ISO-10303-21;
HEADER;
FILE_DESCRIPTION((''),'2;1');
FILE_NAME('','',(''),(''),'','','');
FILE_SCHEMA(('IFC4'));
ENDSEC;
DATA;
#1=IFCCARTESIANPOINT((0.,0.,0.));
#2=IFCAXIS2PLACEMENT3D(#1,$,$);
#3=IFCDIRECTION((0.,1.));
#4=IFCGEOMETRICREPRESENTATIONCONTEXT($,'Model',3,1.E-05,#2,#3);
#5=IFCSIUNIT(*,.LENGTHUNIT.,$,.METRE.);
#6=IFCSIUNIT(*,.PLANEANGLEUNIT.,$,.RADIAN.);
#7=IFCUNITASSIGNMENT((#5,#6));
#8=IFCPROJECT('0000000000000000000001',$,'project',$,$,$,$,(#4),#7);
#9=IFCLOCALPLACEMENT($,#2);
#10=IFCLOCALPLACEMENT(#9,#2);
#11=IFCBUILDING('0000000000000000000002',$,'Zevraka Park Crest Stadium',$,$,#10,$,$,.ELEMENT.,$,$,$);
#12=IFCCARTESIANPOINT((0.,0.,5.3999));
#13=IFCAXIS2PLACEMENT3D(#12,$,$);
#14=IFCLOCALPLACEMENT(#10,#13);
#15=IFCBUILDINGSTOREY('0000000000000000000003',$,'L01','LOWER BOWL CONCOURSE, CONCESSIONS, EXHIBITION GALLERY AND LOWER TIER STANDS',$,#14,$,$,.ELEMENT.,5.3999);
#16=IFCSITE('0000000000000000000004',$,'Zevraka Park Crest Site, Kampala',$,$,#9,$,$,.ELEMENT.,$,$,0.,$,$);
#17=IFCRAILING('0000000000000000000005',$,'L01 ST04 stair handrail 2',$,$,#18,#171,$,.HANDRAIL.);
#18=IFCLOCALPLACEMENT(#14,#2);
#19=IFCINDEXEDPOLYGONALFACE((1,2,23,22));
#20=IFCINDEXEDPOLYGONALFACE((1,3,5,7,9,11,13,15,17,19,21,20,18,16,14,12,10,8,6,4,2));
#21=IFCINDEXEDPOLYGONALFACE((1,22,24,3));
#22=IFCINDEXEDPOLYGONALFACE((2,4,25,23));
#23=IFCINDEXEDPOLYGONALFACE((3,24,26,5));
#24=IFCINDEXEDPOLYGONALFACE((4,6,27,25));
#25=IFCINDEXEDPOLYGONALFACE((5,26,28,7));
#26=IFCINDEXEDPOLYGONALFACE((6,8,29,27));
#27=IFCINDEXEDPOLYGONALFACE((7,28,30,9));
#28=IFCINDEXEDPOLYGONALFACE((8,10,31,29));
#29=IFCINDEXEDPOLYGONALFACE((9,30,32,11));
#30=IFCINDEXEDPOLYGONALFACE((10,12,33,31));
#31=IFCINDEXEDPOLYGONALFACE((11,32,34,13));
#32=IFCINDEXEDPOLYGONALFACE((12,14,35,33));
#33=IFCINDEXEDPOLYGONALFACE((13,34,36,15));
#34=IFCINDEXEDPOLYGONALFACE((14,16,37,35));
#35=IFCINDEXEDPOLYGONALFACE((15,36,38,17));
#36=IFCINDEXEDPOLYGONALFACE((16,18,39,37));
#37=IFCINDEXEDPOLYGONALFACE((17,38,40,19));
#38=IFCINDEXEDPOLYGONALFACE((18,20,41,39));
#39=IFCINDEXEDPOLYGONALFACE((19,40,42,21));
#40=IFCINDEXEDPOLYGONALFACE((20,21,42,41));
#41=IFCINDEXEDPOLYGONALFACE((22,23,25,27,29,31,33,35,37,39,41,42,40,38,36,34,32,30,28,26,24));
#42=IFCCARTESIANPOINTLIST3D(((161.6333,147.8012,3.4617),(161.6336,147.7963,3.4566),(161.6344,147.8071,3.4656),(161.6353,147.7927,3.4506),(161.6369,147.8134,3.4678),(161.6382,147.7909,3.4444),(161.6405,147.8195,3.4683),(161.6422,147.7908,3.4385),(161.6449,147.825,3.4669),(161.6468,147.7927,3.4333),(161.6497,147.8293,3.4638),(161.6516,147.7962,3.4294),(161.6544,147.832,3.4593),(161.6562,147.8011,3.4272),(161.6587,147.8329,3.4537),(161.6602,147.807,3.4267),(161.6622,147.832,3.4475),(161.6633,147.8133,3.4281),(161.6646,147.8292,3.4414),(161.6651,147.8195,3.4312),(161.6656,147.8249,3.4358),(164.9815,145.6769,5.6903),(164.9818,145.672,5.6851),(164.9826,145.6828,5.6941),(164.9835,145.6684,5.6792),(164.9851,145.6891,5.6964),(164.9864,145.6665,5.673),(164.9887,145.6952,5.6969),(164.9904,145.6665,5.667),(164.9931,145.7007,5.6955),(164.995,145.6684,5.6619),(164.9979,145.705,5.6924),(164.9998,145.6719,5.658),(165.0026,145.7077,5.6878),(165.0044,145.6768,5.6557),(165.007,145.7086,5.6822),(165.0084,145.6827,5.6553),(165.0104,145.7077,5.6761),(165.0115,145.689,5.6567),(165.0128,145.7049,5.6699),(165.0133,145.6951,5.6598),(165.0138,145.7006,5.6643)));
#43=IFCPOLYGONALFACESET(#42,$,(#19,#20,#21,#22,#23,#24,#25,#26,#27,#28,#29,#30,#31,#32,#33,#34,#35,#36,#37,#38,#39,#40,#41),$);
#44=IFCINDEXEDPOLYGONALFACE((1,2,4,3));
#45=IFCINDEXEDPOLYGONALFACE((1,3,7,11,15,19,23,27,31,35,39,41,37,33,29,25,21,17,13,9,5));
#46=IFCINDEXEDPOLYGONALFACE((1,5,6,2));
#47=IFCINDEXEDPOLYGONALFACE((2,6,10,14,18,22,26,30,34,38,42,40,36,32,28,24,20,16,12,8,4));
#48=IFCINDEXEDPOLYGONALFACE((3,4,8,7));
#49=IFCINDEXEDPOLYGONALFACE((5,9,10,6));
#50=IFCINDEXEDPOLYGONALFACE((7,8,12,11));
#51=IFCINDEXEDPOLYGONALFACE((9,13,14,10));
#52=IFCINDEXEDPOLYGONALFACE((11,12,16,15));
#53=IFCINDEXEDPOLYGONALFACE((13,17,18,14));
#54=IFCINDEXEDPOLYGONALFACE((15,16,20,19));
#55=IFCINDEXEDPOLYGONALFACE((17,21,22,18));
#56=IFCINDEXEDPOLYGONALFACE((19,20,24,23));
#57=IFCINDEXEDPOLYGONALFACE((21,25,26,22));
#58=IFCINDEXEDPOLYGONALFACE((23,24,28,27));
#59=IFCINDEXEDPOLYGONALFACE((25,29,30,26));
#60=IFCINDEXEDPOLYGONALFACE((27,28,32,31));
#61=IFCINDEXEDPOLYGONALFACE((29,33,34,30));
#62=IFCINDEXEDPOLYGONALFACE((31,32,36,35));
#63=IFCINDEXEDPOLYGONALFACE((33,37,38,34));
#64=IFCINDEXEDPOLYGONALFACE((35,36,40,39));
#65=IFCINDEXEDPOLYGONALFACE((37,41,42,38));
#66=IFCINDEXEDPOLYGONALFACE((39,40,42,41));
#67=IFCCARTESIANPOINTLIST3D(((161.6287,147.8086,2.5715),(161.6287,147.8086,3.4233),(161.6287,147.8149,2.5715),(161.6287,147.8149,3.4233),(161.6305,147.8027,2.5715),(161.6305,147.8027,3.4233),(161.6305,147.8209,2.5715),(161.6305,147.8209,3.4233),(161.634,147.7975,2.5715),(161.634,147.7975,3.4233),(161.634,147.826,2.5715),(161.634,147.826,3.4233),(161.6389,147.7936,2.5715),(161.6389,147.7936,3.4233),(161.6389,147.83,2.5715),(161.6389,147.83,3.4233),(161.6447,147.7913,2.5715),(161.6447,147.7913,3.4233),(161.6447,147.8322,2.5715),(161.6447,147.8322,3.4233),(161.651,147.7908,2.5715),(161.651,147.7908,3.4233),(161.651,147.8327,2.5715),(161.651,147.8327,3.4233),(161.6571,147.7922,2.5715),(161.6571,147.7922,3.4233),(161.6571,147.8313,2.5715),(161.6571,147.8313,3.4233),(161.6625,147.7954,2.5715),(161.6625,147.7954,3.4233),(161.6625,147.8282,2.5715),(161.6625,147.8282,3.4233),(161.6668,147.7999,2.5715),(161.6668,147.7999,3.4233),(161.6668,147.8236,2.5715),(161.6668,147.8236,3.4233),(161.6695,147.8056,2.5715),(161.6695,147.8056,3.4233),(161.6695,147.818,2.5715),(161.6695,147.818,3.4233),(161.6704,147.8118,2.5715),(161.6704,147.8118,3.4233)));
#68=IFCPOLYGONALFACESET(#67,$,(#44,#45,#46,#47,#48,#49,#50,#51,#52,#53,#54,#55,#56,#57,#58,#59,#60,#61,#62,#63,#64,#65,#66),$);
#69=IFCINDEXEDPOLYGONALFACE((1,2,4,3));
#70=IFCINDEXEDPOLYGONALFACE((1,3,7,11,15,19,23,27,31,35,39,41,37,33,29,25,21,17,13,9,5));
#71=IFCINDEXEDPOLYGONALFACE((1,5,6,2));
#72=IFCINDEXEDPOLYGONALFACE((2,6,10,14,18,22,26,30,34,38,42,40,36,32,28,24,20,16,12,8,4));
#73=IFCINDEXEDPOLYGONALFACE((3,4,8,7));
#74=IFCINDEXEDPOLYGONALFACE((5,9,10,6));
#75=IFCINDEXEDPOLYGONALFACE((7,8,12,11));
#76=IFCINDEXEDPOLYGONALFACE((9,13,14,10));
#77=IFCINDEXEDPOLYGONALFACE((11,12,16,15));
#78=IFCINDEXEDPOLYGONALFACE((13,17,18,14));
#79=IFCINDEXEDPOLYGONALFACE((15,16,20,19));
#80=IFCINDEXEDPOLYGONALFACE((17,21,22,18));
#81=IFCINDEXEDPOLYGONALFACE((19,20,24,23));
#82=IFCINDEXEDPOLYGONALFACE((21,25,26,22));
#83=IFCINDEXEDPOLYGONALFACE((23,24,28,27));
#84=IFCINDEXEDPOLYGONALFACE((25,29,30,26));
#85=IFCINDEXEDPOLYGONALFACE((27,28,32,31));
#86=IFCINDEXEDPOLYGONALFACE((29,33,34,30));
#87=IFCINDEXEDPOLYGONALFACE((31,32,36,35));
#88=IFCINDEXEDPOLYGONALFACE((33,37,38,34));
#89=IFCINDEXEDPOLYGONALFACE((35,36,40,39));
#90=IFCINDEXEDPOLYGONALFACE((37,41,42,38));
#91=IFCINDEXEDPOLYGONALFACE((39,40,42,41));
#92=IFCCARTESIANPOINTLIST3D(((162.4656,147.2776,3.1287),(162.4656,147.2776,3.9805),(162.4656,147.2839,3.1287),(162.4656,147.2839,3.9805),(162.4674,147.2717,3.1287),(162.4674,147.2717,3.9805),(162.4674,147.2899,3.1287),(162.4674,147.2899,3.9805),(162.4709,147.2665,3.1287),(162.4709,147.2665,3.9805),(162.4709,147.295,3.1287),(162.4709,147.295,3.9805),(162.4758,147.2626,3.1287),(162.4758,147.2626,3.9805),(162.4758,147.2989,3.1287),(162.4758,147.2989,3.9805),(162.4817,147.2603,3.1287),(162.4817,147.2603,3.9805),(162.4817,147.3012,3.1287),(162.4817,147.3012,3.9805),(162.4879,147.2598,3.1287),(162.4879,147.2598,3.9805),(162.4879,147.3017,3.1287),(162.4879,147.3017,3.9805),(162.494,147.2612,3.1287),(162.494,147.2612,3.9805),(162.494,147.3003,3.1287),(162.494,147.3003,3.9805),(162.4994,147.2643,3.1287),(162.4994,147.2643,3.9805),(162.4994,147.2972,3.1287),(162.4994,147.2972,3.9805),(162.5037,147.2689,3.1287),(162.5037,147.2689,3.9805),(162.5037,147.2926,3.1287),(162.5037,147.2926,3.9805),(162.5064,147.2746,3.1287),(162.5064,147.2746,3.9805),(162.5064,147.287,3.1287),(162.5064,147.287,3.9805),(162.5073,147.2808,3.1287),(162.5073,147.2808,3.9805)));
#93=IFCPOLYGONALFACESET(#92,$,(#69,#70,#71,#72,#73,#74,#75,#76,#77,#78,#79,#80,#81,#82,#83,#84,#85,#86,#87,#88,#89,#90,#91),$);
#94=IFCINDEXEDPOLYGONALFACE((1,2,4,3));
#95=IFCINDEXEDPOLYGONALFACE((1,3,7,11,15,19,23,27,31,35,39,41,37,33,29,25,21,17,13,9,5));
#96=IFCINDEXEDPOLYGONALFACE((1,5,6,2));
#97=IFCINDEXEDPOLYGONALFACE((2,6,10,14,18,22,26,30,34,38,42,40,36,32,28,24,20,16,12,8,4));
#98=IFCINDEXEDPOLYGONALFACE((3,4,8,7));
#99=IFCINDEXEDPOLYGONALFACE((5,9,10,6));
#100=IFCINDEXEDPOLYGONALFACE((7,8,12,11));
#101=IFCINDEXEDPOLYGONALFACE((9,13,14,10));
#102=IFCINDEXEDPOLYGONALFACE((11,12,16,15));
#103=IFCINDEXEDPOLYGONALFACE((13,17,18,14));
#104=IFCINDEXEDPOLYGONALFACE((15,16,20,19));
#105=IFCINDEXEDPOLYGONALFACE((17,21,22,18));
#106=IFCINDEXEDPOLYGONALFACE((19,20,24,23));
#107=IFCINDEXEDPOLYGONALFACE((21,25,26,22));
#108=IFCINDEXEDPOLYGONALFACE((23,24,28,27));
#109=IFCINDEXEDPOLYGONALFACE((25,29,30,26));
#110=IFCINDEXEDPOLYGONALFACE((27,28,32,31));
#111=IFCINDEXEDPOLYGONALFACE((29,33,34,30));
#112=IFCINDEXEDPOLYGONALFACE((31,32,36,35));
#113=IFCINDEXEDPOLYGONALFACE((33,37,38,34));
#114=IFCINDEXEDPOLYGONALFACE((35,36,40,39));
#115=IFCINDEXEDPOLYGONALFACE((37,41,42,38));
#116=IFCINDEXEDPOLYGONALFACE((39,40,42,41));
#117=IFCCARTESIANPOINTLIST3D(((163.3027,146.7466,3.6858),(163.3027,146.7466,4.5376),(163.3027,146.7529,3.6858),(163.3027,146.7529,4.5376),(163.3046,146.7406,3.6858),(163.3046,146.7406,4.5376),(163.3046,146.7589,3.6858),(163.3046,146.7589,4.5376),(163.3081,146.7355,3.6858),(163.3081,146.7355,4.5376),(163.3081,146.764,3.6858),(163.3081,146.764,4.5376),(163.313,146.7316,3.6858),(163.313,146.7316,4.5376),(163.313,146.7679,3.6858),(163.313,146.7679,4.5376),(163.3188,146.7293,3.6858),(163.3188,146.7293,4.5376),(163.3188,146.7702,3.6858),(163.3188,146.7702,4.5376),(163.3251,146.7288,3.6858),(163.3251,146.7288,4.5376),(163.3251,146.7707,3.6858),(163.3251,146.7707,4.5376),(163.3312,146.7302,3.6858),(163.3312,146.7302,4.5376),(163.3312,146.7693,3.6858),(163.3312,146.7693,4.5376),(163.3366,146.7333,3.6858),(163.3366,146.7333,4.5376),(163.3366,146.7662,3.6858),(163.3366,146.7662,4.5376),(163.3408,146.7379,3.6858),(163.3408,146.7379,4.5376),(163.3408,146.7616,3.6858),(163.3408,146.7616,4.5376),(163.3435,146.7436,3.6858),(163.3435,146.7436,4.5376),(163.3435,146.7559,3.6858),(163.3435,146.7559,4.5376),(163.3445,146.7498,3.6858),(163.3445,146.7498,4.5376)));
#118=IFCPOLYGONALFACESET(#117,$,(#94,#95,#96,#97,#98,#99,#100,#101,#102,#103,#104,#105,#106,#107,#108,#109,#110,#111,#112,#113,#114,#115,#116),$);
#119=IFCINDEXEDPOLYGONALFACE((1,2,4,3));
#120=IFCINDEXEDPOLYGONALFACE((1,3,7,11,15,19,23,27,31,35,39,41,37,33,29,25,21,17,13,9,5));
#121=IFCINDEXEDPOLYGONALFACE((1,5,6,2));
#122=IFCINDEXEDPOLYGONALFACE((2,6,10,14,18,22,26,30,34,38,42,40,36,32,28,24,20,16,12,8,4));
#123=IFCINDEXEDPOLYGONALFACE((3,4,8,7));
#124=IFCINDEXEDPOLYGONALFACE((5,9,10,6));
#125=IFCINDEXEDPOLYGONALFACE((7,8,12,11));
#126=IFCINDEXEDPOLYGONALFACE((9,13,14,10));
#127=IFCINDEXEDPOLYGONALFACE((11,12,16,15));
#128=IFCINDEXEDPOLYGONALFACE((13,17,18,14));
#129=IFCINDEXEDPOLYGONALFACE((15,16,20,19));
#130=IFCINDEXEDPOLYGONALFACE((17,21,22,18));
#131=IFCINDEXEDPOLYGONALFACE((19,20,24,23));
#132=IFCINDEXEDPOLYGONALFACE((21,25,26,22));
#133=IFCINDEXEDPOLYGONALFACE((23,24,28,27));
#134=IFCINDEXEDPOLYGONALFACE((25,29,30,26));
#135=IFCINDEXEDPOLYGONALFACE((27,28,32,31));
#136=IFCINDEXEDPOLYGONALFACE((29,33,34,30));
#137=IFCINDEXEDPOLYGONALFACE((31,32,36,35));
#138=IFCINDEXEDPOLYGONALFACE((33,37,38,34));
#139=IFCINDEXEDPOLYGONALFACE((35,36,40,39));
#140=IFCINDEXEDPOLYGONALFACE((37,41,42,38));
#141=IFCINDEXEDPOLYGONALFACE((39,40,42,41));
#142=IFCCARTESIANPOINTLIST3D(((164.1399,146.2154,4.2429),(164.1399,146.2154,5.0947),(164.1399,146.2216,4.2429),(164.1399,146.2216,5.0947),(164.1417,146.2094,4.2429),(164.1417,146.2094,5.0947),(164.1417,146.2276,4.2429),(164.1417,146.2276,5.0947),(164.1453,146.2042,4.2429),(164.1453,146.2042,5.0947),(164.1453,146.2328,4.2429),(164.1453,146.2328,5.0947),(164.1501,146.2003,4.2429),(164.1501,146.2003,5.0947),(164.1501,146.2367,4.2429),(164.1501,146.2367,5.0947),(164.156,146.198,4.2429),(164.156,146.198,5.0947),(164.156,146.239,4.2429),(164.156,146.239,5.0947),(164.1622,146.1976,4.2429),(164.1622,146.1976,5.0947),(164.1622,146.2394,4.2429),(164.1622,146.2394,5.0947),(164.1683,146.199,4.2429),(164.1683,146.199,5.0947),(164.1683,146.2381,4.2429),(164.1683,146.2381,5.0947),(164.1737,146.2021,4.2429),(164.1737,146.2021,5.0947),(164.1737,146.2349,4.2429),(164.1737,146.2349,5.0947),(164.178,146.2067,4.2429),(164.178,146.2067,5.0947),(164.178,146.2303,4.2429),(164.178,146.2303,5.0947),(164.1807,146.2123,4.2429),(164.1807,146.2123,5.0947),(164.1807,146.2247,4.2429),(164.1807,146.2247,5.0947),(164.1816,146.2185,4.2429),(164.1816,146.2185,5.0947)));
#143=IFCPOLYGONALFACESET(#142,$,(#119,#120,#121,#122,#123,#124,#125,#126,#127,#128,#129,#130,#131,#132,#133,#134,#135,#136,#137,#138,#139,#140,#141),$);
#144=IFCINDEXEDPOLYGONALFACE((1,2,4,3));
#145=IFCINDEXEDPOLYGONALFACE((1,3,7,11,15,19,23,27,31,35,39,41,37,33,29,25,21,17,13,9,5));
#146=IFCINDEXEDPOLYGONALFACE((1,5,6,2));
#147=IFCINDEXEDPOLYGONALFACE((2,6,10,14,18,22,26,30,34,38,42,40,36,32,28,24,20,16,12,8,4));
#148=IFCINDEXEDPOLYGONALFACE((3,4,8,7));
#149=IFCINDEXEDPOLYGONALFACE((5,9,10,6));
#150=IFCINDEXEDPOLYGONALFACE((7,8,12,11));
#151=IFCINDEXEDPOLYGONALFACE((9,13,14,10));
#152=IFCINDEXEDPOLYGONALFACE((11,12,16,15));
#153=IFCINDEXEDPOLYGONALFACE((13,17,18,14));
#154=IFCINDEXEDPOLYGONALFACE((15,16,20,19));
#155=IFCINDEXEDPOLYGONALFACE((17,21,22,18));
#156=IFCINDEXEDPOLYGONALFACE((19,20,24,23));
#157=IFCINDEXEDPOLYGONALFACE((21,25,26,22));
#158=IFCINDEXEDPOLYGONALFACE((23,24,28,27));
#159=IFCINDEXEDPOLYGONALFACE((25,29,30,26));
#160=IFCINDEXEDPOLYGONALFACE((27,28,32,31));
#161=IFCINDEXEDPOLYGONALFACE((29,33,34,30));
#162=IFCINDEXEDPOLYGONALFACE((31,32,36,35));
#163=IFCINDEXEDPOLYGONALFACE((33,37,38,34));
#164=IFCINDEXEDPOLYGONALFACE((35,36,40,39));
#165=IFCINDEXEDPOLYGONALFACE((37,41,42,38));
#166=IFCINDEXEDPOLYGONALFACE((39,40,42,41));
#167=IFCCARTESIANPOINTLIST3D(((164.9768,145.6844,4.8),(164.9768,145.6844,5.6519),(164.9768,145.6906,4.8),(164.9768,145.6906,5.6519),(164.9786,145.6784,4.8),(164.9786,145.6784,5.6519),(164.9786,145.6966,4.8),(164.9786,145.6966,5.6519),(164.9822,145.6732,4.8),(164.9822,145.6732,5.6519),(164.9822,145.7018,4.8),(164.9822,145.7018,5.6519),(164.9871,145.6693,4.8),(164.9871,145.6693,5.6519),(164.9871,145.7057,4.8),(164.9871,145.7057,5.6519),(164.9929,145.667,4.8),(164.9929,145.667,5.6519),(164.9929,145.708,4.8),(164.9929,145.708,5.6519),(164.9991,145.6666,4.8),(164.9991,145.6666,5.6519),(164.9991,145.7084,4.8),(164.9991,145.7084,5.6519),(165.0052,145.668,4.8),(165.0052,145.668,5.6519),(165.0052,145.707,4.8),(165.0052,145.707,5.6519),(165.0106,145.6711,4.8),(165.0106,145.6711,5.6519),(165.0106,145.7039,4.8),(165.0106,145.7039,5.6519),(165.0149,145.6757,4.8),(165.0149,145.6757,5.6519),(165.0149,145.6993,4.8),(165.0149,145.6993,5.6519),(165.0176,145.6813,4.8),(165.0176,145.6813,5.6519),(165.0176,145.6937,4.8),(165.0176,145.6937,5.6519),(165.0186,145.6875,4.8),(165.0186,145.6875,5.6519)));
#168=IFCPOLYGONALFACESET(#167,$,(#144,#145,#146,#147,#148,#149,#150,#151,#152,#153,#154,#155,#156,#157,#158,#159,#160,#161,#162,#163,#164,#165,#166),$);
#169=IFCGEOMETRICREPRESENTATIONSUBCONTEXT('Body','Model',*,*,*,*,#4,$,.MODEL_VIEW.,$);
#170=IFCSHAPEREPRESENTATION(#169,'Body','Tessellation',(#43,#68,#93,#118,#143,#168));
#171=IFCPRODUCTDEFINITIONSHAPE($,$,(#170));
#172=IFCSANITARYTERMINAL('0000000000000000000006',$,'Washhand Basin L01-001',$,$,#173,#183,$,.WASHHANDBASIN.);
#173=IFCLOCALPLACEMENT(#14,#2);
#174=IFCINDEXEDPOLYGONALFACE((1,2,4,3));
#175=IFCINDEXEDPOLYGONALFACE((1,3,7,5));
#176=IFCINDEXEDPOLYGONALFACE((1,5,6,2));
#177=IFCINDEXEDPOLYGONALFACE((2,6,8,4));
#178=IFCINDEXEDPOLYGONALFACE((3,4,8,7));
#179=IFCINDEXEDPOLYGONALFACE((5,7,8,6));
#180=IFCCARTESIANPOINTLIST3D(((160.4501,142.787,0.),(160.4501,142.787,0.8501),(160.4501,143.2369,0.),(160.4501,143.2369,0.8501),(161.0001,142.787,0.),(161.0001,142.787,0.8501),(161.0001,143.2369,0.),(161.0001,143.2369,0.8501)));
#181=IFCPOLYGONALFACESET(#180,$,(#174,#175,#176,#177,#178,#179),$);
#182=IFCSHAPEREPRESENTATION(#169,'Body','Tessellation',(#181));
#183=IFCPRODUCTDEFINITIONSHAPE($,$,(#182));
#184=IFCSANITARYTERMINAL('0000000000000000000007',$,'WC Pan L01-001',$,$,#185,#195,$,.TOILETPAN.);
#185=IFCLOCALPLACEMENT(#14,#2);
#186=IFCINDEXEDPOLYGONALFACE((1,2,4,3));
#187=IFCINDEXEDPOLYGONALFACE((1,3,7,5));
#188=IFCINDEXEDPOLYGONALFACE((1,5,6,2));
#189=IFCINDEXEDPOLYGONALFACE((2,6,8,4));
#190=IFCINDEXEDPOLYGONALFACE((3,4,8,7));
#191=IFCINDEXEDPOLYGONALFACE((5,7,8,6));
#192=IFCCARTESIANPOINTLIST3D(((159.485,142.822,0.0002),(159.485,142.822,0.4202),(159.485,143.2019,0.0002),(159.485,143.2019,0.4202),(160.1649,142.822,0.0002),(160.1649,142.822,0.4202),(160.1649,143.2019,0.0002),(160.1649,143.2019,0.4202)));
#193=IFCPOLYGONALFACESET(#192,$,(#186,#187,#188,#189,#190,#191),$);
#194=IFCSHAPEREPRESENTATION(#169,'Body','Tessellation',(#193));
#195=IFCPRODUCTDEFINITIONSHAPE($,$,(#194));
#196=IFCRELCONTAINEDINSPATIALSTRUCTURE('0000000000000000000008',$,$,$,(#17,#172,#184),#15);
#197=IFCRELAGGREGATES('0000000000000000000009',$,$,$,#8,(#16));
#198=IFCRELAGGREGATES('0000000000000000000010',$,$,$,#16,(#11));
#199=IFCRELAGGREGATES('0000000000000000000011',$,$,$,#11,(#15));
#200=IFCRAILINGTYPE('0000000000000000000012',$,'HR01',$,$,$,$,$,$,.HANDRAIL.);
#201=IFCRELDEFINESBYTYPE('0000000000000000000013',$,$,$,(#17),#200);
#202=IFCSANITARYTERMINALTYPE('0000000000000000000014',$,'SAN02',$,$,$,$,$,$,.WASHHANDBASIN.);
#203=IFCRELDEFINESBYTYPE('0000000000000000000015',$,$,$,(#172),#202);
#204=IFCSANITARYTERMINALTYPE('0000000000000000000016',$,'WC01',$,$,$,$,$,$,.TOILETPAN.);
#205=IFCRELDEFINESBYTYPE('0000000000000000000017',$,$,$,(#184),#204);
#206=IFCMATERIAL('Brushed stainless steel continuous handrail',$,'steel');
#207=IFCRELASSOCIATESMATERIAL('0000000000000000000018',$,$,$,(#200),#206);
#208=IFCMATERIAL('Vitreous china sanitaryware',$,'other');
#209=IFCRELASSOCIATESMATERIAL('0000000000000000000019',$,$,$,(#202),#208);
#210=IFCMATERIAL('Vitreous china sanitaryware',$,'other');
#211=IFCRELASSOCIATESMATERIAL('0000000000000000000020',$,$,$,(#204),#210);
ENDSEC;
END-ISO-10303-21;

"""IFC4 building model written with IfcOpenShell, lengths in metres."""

from ifc_helpers import new_model, si_unit, direction, frame, origin, origin_2d, place, context, subcontext, project, spatial, rectangle, circle, extrude, material, type_object, element, save


model = new_model("IFC4")

# Units and contexts
model_context = context("Model", 3, precision=1e-05, world=origin(), true_north=direction((0.0, 1.0)))
body_context = subcontext(model_context, "Body", "Model", "MODEL_VIEW")
ifc_project = project(units=[si_unit("LENGTHUNIT", "METRE"), si_unit("PLANEANGLEUNIT", "RADIAN")], contexts=[model_context])

# Site, building, storey
site_placement = place(None, origin())
site = spatial("IfcSite", under=ifc_project, at=site_placement, Name="Zevraka Park Crest Site, Kampala", CompositionType="ELEMENT", RefElevation=0.0)
building_placement = place(site_placement, origin())
building = spatial("IfcBuilding", under=site, at=building_placement, Name="Zevraka Park Crest Stadium", CompositionType="ELEMENT")
storey_placement = place(building_placement, frame((0.0, 0.0, 5.3999)))
storey = spatial("IfcBuildingStorey", under=building, at=storey_placement, Name="L01", Description="LOWER BOWL CONCOURSE, CONCESSIONS, EXHIBITION GALLERY AND LOWER TIER STANDS", CompositionType="ELEMENT", Elevation=5.3999)

# Railing
ifc_material_1 = material(Name="Brushed stainless steel continuous handrail", Category="steel")
railing_type_1 = type_object("IfcRailingType", Name="HR01", PredefinedType="HANDRAIL", material=ifc_material_1)
railing_1_placement = place(storey_placement, frame((161.6494, 147.8118, 2.5715)))
element("IfcRailing", 1, at=railing_1_placement, inside=storey, type_object=railing_type_1, Name="L01 ST04 stair handrail 2", PredefinedType="HANDRAIL", context=body_context, shape_type="SweptSolid", body=[
    extrude(circle(Radius=0.0239, at=origin_2d()), frame((0.0, 0.0, 0.876), z_axis=(0.736098, -0.467026, 0.489945), x_axis=(0.535732, 0.844388, 0.0)), (0.0, 0.0, 1.0), 4.5486),
    extrude(circle(Radius=0.021, at=origin_2d()), origin(), (0.0, 0.0, 1.0), 0.8518),
    extrude(circle(Radius=0.021, at=origin_2d()), frame((0.8369, -0.531, 0.5571)), (0.0, 0.0, 1.0), 0.8518),
    extrude(circle(Radius=0.021, at=origin_2d()), frame((1.6741, -1.062, 1.1143)), (0.0, 0.0, 1.0), 0.8518),
    extrude(circle(Radius=0.021, at=origin_2d()), frame((2.5112, -1.5933, 1.6714)), (0.0, 0.0, 1.0), 0.8518),
    extrude(circle(Radius=0.021, at=origin_2d()), frame((3.3481, -2.1243, 2.2285)), (0.0, 0.0, 1.0), 0.8518),
])

# Sanitary terminals
ifc_material_2 = material(Name="Vitreous china sanitaryware", Category="other")
sanitary_terminal_type_1 = type_object("IfcSanitaryTerminalType", Name="SAN02", PredefinedType="WASHHANDBASIN", material=ifc_material_2)
sanitary_terminal_1_placement = place(storey_placement, frame((160.7251, 143.012, 0.0), z_axis=(0.0, 0.0, 1.0), x_axis=(1.0, 0.0, 0.0)))
element("IfcSanitaryTerminal", 2, at=sanitary_terminal_1_placement, inside=storey, type_object=sanitary_terminal_type_1, Name="Washhand Basin L01-001", PredefinedType="WASHHANDBASIN", context=body_context, shape_type="SweptSolid", body=[
    extrude(rectangle(XDim=0.55, YDim=0.45, at=origin_2d()), origin(), (0.0, 0.0, 1.0), 0.8501),
])
ifc_material_3 = material(Name="Vitreous china sanitaryware", Category="other")
sanitary_terminal_type_2 = type_object("IfcSanitaryTerminalType", Name="WC01", PredefinedType="TOILETPAN", material=ifc_material_3)
sanitary_terminal_2_placement = place(storey_placement, frame((159.825, 143.012, 0.0002), z_axis=(0.0, 0.0, 1.0), x_axis=(1.0, 0.0, 0.0)))
element("IfcSanitaryTerminal", 3, at=sanitary_terminal_2_placement, inside=storey, type_object=sanitary_terminal_type_2, Name="WC Pan L01-001", PredefinedType="TOILETPAN", context=body_context, shape_type="SweptSolid", body=[
    extrude(rectangle(XDim=0.6799, YDim=0.3799, at=origin_2d()), origin(), (0.0, 0.0, 1.0), 0.4199),
])

save(model, "model.ifc")
